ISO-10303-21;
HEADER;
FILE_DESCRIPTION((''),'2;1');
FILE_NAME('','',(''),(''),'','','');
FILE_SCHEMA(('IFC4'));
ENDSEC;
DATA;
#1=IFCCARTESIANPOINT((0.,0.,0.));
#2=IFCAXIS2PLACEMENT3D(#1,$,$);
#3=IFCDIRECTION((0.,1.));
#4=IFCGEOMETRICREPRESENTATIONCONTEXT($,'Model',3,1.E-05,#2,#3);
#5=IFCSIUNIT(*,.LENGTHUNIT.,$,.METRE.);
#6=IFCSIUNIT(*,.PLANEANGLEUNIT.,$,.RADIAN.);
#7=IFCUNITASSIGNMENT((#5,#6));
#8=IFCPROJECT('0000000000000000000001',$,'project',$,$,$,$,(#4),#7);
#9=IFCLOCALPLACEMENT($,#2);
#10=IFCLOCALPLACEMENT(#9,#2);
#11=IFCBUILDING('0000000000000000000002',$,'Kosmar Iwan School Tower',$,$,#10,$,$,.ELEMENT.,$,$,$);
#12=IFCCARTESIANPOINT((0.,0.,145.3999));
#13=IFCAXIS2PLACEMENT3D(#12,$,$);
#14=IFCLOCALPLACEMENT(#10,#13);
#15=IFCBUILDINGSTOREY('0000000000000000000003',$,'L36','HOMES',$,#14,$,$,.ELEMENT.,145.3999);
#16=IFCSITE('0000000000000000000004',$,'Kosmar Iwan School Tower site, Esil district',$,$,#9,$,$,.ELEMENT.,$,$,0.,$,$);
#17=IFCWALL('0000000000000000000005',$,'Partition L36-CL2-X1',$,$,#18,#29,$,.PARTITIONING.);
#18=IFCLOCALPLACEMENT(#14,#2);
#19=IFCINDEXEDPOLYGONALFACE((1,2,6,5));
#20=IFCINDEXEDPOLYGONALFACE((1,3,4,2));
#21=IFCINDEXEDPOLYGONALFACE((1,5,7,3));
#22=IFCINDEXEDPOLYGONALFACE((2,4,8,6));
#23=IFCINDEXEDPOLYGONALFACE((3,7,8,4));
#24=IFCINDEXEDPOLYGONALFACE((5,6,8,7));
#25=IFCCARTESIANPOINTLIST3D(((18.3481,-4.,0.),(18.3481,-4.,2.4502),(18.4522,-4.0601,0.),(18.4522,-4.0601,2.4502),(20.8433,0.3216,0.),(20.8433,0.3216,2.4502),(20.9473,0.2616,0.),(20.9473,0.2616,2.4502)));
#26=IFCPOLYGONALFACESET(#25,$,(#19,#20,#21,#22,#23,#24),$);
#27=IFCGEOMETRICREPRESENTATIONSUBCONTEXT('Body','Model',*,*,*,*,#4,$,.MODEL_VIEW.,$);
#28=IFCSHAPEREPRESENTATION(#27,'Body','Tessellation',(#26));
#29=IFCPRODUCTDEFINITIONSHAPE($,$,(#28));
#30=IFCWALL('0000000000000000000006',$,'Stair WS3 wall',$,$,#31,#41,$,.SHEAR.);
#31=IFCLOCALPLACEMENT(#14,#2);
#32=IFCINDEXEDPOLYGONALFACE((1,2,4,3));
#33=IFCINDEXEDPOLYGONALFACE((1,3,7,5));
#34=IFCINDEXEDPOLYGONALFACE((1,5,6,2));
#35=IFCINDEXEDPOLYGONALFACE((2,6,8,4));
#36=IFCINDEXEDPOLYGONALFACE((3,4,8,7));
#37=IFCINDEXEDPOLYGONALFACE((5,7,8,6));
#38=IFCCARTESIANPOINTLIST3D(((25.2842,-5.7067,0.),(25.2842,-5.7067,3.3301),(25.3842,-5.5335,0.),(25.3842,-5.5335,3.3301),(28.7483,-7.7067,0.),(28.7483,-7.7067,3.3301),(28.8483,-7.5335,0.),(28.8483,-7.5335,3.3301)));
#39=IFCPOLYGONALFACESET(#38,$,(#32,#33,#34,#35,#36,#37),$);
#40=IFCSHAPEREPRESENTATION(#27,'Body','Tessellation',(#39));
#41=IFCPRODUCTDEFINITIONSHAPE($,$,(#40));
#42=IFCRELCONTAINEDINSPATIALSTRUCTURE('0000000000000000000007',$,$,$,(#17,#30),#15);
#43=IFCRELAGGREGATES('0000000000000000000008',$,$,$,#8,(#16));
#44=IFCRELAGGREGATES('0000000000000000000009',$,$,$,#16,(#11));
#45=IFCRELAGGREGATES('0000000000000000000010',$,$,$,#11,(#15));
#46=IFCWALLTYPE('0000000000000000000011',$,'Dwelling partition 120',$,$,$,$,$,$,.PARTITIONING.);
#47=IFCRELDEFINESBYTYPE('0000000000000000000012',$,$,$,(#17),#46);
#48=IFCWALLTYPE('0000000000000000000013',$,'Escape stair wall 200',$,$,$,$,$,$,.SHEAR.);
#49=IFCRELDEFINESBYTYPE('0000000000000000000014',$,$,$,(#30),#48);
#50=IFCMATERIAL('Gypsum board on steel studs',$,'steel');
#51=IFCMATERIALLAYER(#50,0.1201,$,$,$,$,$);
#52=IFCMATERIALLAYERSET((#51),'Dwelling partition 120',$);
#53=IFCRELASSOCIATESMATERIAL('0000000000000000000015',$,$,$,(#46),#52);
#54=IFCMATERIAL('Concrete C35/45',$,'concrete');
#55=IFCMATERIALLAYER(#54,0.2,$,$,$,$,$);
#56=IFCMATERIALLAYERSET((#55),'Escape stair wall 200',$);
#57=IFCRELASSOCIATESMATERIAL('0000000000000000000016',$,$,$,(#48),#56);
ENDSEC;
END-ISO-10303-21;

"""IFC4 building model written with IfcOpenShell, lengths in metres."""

from ifc_helpers import new_model, si_unit, direction, frame, frame_2d, origin, place, context, subcontext, project, spatial, rectangle, extrude, material, layer, layer_set, type_object, element, save


model = new_model("IFC4")

# Units and contexts
model_context = context("Model", 3, precision=1e-05, world=origin(), true_north=direction((0.0, 1.0)))
body_context = subcontext(model_context, "Body", "Model", "MODEL_VIEW")
ifc_project = project(units=[si_unit("LENGTHUNIT", "METRE"), si_unit("PLANEANGLEUNIT", "RADIAN")], contexts=[model_context])

# Site, building, storey
site_placement = place(None, origin())
site = spatial("IfcSite", under=ifc_project, at=site_placement, Name="Kosmar Iwan School Tower site, Esil district", CompositionType="ELEMENT", RefElevation=0.0)
building_placement = place(site_placement, origin())
building = spatial("IfcBuilding", under=site, at=building_placement, Name="Kosmar Iwan School Tower", CompositionType="ELEMENT")
storey_placement = place(building_placement, frame((0.0, 0.0, 145.3999)))
storey = spatial("IfcBuildingStorey", under=building, at=storey_placement, Name="L36", Description="HOMES", CompositionType="ELEMENT", Elevation=145.3999)

# Shared definitions
ifc_material_1 = material(Name="Gypsum board on steel studs", Category="steel")
ifc_layer_1 = layer(ifc_material_1, 0.1201)
ifc_layer_set_1 = layer_set([ifc_layer_1], Name="Dwelling partition 120")
wall_type_1 = type_object("IfcWallType", Name="Dwelling partition 120", PredefinedType="PARTITIONING", material=ifc_layer_set_1)

# Walls
wall_1_placement = place(storey_placement, frame((18.4001, -4.03, 0.0), z_axis=(0.0, 0.0, 1.0), x_axis=(0.500012, 0.866019, 0.0)))
element("IfcWall", 1, at=wall_1_placement, inside=storey, type_object=wall_type_1, Name="Partition L36-CL2-X1", PredefinedType="PARTITIONING", context=body_context, shape_type="SweptSolid", body=[
    extrude(rectangle(XDim=4.9902, YDim=0.1201, at=frame_2d((2.4951, 0.0))), origin(), (0.0, 0.0, 1.0), 2.4502),
])
ifc_material_2 = material(Name="Concrete C35/45", Category="concrete")
ifc_layer_2 = layer(ifc_material_2, 0.2)
ifc_layer_set_2 = layer_set([ifc_layer_2], Name="Escape stair wall 200")
wall_type_2 = type_object("IfcWallType", Name="Escape stair wall 200", PredefinedType="SHEAR", material=ifc_layer_set_2)
wall_2_placement = place(storey_placement, frame((25.3342, -5.6201, 0.0), z_axis=(0.0, 0.0, 1.0), x_axis=(0.866026, -0.499999, 0.0)))
element("IfcWall", 2, at=wall_2_placement, inside=storey, type_object=wall_type_2, Name="Stair WS3 wall", PredefinedType="SHEAR", context=body_context, shape_type="SweptSolid", body=[
    extrude(rectangle(XDim=4.0, YDim=0.2, at=frame_2d((2.0, 0.0))), origin(), (0.0, 0.0, 1.0), 3.3301),
])

save(model, "model.ifc")
